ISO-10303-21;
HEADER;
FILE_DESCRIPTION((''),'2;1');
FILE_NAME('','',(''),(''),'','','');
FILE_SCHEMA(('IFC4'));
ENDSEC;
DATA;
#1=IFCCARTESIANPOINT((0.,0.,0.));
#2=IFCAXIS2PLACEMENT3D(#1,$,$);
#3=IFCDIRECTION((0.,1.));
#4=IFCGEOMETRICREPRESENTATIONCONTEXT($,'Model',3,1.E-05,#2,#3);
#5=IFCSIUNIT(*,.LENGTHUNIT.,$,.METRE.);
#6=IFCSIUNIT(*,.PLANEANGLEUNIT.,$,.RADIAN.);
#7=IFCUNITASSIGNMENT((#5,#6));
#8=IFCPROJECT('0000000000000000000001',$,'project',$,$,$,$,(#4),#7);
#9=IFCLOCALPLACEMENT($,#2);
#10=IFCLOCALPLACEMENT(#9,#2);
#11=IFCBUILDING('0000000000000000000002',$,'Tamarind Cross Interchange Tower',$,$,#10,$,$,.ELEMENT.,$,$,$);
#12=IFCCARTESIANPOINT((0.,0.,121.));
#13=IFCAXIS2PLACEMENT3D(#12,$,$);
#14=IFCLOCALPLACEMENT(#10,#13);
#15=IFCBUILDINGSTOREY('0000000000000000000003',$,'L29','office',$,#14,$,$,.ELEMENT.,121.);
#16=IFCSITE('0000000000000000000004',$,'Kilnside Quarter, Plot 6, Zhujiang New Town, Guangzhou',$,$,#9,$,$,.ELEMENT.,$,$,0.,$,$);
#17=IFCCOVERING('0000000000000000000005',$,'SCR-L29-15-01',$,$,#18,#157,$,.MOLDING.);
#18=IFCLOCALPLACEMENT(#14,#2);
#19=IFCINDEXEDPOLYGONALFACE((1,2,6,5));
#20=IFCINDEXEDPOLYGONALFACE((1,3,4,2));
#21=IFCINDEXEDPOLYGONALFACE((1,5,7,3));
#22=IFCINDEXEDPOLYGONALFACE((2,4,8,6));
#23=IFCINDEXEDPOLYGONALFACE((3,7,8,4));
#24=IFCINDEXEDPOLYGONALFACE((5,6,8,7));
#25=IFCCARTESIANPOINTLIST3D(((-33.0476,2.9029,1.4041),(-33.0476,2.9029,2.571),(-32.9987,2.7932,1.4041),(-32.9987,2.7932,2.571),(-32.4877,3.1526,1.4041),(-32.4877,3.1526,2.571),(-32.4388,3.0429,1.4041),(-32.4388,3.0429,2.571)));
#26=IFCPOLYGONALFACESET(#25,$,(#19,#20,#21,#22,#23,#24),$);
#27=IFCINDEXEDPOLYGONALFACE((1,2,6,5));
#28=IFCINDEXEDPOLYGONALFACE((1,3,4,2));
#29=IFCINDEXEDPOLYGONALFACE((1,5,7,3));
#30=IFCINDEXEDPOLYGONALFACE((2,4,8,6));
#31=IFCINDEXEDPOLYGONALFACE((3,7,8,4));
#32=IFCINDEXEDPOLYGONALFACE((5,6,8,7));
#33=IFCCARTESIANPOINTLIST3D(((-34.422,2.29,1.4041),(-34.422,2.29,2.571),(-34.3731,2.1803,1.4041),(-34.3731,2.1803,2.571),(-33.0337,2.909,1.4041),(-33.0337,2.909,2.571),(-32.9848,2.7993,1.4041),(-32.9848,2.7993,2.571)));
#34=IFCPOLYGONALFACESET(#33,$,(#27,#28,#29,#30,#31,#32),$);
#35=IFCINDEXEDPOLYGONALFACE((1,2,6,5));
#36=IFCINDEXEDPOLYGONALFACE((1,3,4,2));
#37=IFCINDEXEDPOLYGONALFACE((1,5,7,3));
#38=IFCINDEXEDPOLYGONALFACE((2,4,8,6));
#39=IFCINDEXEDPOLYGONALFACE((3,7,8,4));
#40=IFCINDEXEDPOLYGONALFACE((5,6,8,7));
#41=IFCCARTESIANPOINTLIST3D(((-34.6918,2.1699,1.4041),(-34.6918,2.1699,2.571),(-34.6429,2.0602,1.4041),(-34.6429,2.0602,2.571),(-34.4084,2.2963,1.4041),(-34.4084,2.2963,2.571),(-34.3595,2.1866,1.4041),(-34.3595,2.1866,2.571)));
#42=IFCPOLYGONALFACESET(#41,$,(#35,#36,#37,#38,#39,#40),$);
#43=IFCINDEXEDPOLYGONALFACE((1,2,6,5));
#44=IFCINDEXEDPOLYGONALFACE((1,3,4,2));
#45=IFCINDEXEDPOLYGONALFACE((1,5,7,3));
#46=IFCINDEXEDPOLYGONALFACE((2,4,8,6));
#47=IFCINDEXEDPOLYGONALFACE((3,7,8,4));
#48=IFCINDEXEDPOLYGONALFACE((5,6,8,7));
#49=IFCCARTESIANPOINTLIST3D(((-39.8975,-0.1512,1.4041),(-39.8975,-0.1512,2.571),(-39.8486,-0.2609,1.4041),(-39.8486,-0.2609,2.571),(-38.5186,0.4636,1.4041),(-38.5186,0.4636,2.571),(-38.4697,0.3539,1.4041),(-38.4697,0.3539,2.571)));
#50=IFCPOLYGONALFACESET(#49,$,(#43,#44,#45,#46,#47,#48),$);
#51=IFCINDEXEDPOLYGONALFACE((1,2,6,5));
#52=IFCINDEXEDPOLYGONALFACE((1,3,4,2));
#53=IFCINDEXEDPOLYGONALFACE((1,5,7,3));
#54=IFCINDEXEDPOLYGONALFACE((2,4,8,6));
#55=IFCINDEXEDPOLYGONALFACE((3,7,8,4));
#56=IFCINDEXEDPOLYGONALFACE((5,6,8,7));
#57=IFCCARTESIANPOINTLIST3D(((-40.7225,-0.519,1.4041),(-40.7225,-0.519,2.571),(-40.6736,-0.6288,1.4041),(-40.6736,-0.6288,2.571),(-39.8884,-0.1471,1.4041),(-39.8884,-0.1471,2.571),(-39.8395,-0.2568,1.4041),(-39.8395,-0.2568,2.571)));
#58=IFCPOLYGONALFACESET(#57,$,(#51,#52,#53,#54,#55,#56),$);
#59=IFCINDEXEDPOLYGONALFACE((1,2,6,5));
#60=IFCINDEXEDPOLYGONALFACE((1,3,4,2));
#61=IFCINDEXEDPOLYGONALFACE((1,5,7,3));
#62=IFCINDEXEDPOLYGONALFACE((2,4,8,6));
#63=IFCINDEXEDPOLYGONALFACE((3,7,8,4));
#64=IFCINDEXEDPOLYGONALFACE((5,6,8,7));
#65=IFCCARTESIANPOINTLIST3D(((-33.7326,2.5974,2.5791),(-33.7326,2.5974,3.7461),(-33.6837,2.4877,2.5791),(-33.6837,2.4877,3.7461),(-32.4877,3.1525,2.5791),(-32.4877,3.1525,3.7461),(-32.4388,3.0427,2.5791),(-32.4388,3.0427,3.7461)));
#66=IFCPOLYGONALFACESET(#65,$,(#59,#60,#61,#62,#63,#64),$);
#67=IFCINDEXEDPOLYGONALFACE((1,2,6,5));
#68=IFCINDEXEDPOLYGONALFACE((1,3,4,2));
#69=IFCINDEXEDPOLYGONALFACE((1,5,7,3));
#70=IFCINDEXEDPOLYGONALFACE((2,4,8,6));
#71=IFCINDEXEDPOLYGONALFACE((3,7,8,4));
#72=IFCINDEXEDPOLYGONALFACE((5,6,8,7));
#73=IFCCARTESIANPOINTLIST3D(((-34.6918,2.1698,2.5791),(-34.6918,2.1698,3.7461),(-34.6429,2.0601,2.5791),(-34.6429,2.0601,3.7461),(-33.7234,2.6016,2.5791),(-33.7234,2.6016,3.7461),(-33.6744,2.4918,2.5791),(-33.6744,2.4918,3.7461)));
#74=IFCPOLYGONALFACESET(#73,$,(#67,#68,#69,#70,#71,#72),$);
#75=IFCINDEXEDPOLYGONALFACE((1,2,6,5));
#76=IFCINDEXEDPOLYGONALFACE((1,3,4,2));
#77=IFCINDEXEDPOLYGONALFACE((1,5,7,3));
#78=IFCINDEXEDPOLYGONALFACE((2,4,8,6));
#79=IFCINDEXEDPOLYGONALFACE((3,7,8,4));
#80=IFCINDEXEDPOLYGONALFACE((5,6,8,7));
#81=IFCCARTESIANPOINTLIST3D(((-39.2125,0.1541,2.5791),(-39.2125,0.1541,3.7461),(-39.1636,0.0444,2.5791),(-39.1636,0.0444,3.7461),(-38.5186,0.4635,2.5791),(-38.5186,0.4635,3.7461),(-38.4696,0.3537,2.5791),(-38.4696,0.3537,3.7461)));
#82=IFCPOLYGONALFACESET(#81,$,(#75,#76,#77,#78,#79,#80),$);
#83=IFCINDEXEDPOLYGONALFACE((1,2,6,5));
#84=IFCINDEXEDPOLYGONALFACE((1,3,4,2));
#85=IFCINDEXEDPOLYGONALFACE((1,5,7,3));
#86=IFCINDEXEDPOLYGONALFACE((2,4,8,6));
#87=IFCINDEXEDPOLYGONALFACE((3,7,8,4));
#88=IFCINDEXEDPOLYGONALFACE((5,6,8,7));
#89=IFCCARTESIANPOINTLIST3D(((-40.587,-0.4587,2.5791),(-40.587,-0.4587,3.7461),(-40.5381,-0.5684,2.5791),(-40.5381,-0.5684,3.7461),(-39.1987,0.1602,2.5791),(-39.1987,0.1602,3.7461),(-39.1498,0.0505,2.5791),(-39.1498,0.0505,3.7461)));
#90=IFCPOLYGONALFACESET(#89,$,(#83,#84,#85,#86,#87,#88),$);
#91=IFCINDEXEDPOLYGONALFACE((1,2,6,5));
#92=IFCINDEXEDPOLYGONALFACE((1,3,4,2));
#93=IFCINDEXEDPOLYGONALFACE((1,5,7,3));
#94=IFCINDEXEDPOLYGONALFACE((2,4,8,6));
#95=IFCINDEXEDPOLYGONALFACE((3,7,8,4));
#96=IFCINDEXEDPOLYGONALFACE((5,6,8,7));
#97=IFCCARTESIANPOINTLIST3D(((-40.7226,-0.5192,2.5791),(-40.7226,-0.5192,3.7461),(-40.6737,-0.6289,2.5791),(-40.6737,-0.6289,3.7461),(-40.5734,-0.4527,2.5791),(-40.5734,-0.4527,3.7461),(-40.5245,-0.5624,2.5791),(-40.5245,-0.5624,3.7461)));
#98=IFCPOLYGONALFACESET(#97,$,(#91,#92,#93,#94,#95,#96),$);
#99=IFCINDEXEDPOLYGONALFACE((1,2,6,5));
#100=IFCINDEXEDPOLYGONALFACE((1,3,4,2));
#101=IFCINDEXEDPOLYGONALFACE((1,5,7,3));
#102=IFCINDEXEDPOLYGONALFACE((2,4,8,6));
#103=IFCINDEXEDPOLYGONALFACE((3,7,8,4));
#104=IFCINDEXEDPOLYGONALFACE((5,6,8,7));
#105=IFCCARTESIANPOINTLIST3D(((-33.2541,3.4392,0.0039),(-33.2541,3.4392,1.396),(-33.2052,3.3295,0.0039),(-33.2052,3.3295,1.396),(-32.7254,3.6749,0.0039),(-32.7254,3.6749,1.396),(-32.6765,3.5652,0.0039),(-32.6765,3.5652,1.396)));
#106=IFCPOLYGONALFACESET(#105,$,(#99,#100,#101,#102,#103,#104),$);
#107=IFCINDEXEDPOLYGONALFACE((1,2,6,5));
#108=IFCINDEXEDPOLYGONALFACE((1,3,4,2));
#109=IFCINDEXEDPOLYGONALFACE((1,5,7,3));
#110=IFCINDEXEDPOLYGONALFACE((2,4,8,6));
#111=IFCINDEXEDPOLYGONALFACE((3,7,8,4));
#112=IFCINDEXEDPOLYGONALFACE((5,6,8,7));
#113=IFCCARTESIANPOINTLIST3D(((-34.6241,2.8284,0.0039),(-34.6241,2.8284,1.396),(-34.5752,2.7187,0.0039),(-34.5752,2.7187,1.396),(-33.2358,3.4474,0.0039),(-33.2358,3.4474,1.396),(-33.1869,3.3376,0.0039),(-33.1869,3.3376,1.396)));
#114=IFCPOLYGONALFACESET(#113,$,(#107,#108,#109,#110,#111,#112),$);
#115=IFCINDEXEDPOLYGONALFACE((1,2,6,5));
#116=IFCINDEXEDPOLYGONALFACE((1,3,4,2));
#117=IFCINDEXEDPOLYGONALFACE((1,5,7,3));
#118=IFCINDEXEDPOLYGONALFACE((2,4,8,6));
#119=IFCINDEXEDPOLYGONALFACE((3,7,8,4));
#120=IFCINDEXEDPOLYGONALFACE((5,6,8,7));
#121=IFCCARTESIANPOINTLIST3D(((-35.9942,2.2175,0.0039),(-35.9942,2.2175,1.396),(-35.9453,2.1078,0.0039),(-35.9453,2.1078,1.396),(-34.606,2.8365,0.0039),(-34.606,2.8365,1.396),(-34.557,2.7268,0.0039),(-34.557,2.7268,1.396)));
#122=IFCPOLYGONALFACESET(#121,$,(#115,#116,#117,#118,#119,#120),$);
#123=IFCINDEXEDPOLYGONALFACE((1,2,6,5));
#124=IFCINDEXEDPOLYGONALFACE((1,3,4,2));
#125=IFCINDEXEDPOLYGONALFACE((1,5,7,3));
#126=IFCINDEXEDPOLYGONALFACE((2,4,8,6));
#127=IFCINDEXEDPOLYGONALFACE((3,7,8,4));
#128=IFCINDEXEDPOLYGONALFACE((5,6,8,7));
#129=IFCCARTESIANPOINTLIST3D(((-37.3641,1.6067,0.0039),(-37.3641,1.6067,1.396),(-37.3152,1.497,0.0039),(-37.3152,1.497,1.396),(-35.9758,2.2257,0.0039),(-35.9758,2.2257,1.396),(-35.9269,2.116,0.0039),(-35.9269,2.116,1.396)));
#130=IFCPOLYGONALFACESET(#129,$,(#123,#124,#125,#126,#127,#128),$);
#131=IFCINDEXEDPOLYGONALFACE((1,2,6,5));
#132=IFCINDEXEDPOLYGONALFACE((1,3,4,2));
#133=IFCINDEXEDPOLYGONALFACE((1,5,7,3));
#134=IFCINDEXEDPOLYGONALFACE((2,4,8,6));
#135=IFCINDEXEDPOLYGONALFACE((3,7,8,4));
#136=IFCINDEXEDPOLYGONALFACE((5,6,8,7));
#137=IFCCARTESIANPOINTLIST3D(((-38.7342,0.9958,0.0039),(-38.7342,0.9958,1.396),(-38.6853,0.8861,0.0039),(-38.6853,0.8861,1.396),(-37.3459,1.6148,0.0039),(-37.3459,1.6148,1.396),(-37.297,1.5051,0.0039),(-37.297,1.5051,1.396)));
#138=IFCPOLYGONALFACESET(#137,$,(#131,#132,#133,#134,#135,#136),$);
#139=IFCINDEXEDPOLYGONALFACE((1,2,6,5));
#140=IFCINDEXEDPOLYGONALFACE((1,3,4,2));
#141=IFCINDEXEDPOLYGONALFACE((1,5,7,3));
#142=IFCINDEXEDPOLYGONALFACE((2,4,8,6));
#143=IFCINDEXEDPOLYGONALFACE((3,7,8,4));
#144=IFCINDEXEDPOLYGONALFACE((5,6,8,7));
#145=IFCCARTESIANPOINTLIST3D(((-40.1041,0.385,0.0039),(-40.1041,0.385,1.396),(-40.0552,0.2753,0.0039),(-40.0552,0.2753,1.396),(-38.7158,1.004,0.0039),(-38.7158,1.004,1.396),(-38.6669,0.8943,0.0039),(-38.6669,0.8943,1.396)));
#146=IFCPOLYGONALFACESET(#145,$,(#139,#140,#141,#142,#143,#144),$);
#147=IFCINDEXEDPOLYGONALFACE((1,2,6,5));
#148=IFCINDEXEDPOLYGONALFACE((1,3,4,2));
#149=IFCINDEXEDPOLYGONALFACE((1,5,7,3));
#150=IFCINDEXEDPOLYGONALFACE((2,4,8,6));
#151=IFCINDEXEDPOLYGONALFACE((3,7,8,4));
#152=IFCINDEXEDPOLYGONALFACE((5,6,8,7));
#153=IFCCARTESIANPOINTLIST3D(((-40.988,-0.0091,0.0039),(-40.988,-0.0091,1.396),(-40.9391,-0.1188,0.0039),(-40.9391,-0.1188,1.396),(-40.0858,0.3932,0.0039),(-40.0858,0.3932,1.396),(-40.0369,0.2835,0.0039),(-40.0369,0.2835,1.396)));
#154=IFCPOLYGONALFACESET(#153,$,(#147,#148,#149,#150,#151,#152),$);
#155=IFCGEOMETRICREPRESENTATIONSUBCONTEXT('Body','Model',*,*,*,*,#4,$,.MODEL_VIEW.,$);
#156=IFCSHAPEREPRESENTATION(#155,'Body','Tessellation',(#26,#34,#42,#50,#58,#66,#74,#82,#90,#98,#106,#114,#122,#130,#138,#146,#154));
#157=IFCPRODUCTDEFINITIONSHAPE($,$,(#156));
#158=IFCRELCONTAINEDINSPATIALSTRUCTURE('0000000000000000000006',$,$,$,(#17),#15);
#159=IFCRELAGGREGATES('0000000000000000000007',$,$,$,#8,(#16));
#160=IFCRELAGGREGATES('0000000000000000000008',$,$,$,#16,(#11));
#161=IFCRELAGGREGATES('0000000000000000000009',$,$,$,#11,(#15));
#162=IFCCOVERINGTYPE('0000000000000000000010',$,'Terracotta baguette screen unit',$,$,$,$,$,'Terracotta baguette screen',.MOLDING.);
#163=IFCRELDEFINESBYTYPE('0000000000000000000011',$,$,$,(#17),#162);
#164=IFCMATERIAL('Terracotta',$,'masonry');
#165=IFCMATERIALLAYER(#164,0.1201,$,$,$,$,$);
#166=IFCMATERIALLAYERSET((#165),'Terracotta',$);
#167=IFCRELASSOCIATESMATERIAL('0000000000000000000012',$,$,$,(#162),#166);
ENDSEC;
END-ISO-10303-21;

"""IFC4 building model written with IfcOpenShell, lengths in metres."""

from ifc_helpers import new_model, si_unit, direction, frame, origin, origin_2d, place, context, subcontext, project, spatial, rectangle, extrude, material, layer, layer_set, type_object, element, save


model = new_model("IFC4")

# Units and contexts
model_context = context("Model", 3, precision=1e-05, world=origin(), true_north=direction((0.0, 1.0)))
body_context = subcontext(model_context, "Body", "Model", "MODEL_VIEW")
ifc_project = project(units=[si_unit("LENGTHUNIT", "METRE"), si_unit("PLANEANGLEUNIT", "RADIAN")], contexts=[model_context])

# Site, building, storey
site_placement = place(None, origin())
site = spatial("IfcSite", under=ifc_project, at=site_placement, Name="Kilnside Quarter, Plot 6, Zhujiang New Town, Guangzhou", CompositionType="ELEMENT", RefElevation=0.0)
building_placement = place(site_placement, origin())
building = spatial("IfcBuilding", under=site, at=building_placement, Name="Tamarind Cross Interchange Tower", CompositionType="ELEMENT")
storey_placement = place(building_placement, frame((0.0, 0.0, 121.0)))
storey = spatial("IfcBuildingStorey", under=building, at=storey_placement, Name="L29", Description="office", CompositionType="ELEMENT", Elevation=121.0)

# Covering
ifc_material_1 = material(Name="Terracotta", Category="masonry")
ifc_layer_1 = layer(ifc_material_1, 0.1201)
ifc_layer_set_1 = layer_set([ifc_layer_1], Name="Terracotta")
covering_type = type_object("IfcCoveringType", Name="Terracotta baguette screen unit", ElementType="Terracotta baguette screen", PredefinedType="MOLDING", material=ifc_layer_set_1)
covering_1_placement = place(storey_placement, origin())
element("IfcCovering", 1, at=covering_1_placement, inside=storey, type_object=covering_type, Name="SCR-L29-15-01", PredefinedType="MOLDING", context=body_context, shape_type="SweptSolid", body=[
    extrude(rectangle(XDim=0.613, YDim=0.1201, at=origin_2d()), frame((-32.7432, 2.9729, 1.4041), z_axis=(0.0, 0.0, 1.0), x_axis=(-0.91333, -0.407221, 0.0)), (0.0, 0.0, 1.0), 1.167),
    extrude(rectangle(XDim=1.52, YDim=0.1201, at=origin_2d()), frame((-33.7034, 2.5447, 1.4041), z_axis=(0.0, 0.0, 1.0), x_axis=(-0.91333, -0.407221, 0.0)), (0.0, 0.0, 1.0), 1.167),
    extrude(rectangle(XDim=0.3103, YDim=0.1201, at=origin_2d()), frame((-34.5256, 2.1782, 1.4041), z_axis=(0.0, 0.0, 1.0), x_axis=(-0.91333, -0.407221, 0.0)), (0.0, 0.0, 1.0), 1.167),
    extrude(rectangle(XDim=1.5098, YDim=0.1201, at=origin_2d()), frame((-39.1836, 0.1013, 1.4041), z_axis=(0.0, 0.0, 1.0), x_axis=(-0.91333, -0.407221, 0.0)), (0.0, 0.0, 1.0), 1.167),
    extrude(rectangle(XDim=0.9133, YDim=0.1201, at=origin_2d()), frame((-40.281, -0.3879, 1.4041), z_axis=(0.0, 0.0, 1.0), x_axis=(-0.91333, -0.407221, 0.0)), (0.0, 0.0, 1.0), 1.167),
    extrude(rectangle(XDim=1.363, YDim=0.1201, at=origin_2d()), frame((-33.0857, 2.8201, 2.5791), z_axis=(0.0, 0.0, 1.0), x_axis=(-0.91333, -0.407221, 0.0)), (0.0, 0.0, 1.0), 1.167),
    extrude(rectangle(XDim=1.0603, YDim=0.1201, at=origin_2d()), frame((-34.1831, 2.3308, 2.5791), z_axis=(0.0, 0.0, 1.0), x_axis=(-0.91333, -0.407221, 0.0)), (0.0, 0.0, 1.0), 1.167),
    extrude(rectangle(XDim=0.7598, YDim=0.1201, at=origin_2d()), frame((-38.8411, 0.2539, 2.5791), z_axis=(0.0, 0.0, 1.0), x_axis=(-0.91333, -0.407221, 0.0)), (0.0, 0.0, 1.0), 1.167),
    extrude(rectangle(XDim=1.52, YDim=0.1201, at=origin_2d()), frame((-39.8684, -0.2041, 2.5791), z_axis=(0.0, 0.0, 1.0), x_axis=(-0.91333, -0.407221, 0.0)), (0.0, 0.0, 1.0), 1.167),
    extrude(rectangle(XDim=0.1633, YDim=0.1201, at=origin_2d()), frame((-40.6235, -0.5408, 2.5791), z_axis=(0.0, 0.0, 1.0), x_axis=(-0.91333, -0.407221, 0.0)), (0.0, 0.0, 1.0), 1.167),
    extrude(rectangle(XDim=0.5789, YDim=0.1201, at=origin_2d()), frame((-32.9653, 3.5022, 0.0039), z_axis=(0.0, 0.0, 1.0), x_axis=(-0.91333, -0.407221, 0.0)), (0.0, 0.0, 1.0), 1.3921),
    extrude(rectangle(XDim=1.52, YDim=0.1201, at=origin_2d()), frame((-33.9055, 3.083, 0.0039), z_axis=(0.0, 0.0, 1.0), x_axis=(-0.91333, -0.407221, 0.0)), (0.0, 0.0, 1.0), 1.3921),
    extrude(rectangle(XDim=1.52, YDim=0.1201, at=origin_2d()), frame((-35.2756, 2.4722, 0.0039), z_axis=(0.0, 0.0, 1.0), x_axis=(-0.91333, -0.407221, 0.0)), (0.0, 0.0, 1.0), 1.3921),
    extrude(rectangle(XDim=1.52, YDim=0.1201, at=origin_2d()), frame((-36.6455, 1.8613, 0.0039), z_axis=(0.0, 0.0, 1.0), x_axis=(-0.91333, -0.407221, 0.0)), (0.0, 0.0, 1.0), 1.3921),
    extrude(rectangle(XDim=1.52, YDim=0.1201, at=origin_2d()), frame((-38.0156, 1.2505, 0.0039), z_axis=(0.0, 0.0, 1.0), x_axis=(-0.91333, -0.407221, 0.0)), (0.0, 0.0, 1.0), 1.3921),
    extrude(rectangle(XDim=1.52, YDim=0.1201, at=origin_2d()), frame((-39.3855, 0.6396, 0.0039), z_axis=(0.0, 0.0, 1.0), x_axis=(-0.91333, -0.407221, 0.0)), (0.0, 0.0, 1.0), 1.3921),
    extrude(rectangle(XDim=0.9878, YDim=0.1201, at=origin_2d()), frame((-40.5125, 0.1372, 0.0039), z_axis=(0.0, 0.0, 1.0), x_axis=(-0.91333, -0.407221, 0.0)), (0.0, 0.0, 1.0), 1.3921),
])

save(model, "model.ifc")
